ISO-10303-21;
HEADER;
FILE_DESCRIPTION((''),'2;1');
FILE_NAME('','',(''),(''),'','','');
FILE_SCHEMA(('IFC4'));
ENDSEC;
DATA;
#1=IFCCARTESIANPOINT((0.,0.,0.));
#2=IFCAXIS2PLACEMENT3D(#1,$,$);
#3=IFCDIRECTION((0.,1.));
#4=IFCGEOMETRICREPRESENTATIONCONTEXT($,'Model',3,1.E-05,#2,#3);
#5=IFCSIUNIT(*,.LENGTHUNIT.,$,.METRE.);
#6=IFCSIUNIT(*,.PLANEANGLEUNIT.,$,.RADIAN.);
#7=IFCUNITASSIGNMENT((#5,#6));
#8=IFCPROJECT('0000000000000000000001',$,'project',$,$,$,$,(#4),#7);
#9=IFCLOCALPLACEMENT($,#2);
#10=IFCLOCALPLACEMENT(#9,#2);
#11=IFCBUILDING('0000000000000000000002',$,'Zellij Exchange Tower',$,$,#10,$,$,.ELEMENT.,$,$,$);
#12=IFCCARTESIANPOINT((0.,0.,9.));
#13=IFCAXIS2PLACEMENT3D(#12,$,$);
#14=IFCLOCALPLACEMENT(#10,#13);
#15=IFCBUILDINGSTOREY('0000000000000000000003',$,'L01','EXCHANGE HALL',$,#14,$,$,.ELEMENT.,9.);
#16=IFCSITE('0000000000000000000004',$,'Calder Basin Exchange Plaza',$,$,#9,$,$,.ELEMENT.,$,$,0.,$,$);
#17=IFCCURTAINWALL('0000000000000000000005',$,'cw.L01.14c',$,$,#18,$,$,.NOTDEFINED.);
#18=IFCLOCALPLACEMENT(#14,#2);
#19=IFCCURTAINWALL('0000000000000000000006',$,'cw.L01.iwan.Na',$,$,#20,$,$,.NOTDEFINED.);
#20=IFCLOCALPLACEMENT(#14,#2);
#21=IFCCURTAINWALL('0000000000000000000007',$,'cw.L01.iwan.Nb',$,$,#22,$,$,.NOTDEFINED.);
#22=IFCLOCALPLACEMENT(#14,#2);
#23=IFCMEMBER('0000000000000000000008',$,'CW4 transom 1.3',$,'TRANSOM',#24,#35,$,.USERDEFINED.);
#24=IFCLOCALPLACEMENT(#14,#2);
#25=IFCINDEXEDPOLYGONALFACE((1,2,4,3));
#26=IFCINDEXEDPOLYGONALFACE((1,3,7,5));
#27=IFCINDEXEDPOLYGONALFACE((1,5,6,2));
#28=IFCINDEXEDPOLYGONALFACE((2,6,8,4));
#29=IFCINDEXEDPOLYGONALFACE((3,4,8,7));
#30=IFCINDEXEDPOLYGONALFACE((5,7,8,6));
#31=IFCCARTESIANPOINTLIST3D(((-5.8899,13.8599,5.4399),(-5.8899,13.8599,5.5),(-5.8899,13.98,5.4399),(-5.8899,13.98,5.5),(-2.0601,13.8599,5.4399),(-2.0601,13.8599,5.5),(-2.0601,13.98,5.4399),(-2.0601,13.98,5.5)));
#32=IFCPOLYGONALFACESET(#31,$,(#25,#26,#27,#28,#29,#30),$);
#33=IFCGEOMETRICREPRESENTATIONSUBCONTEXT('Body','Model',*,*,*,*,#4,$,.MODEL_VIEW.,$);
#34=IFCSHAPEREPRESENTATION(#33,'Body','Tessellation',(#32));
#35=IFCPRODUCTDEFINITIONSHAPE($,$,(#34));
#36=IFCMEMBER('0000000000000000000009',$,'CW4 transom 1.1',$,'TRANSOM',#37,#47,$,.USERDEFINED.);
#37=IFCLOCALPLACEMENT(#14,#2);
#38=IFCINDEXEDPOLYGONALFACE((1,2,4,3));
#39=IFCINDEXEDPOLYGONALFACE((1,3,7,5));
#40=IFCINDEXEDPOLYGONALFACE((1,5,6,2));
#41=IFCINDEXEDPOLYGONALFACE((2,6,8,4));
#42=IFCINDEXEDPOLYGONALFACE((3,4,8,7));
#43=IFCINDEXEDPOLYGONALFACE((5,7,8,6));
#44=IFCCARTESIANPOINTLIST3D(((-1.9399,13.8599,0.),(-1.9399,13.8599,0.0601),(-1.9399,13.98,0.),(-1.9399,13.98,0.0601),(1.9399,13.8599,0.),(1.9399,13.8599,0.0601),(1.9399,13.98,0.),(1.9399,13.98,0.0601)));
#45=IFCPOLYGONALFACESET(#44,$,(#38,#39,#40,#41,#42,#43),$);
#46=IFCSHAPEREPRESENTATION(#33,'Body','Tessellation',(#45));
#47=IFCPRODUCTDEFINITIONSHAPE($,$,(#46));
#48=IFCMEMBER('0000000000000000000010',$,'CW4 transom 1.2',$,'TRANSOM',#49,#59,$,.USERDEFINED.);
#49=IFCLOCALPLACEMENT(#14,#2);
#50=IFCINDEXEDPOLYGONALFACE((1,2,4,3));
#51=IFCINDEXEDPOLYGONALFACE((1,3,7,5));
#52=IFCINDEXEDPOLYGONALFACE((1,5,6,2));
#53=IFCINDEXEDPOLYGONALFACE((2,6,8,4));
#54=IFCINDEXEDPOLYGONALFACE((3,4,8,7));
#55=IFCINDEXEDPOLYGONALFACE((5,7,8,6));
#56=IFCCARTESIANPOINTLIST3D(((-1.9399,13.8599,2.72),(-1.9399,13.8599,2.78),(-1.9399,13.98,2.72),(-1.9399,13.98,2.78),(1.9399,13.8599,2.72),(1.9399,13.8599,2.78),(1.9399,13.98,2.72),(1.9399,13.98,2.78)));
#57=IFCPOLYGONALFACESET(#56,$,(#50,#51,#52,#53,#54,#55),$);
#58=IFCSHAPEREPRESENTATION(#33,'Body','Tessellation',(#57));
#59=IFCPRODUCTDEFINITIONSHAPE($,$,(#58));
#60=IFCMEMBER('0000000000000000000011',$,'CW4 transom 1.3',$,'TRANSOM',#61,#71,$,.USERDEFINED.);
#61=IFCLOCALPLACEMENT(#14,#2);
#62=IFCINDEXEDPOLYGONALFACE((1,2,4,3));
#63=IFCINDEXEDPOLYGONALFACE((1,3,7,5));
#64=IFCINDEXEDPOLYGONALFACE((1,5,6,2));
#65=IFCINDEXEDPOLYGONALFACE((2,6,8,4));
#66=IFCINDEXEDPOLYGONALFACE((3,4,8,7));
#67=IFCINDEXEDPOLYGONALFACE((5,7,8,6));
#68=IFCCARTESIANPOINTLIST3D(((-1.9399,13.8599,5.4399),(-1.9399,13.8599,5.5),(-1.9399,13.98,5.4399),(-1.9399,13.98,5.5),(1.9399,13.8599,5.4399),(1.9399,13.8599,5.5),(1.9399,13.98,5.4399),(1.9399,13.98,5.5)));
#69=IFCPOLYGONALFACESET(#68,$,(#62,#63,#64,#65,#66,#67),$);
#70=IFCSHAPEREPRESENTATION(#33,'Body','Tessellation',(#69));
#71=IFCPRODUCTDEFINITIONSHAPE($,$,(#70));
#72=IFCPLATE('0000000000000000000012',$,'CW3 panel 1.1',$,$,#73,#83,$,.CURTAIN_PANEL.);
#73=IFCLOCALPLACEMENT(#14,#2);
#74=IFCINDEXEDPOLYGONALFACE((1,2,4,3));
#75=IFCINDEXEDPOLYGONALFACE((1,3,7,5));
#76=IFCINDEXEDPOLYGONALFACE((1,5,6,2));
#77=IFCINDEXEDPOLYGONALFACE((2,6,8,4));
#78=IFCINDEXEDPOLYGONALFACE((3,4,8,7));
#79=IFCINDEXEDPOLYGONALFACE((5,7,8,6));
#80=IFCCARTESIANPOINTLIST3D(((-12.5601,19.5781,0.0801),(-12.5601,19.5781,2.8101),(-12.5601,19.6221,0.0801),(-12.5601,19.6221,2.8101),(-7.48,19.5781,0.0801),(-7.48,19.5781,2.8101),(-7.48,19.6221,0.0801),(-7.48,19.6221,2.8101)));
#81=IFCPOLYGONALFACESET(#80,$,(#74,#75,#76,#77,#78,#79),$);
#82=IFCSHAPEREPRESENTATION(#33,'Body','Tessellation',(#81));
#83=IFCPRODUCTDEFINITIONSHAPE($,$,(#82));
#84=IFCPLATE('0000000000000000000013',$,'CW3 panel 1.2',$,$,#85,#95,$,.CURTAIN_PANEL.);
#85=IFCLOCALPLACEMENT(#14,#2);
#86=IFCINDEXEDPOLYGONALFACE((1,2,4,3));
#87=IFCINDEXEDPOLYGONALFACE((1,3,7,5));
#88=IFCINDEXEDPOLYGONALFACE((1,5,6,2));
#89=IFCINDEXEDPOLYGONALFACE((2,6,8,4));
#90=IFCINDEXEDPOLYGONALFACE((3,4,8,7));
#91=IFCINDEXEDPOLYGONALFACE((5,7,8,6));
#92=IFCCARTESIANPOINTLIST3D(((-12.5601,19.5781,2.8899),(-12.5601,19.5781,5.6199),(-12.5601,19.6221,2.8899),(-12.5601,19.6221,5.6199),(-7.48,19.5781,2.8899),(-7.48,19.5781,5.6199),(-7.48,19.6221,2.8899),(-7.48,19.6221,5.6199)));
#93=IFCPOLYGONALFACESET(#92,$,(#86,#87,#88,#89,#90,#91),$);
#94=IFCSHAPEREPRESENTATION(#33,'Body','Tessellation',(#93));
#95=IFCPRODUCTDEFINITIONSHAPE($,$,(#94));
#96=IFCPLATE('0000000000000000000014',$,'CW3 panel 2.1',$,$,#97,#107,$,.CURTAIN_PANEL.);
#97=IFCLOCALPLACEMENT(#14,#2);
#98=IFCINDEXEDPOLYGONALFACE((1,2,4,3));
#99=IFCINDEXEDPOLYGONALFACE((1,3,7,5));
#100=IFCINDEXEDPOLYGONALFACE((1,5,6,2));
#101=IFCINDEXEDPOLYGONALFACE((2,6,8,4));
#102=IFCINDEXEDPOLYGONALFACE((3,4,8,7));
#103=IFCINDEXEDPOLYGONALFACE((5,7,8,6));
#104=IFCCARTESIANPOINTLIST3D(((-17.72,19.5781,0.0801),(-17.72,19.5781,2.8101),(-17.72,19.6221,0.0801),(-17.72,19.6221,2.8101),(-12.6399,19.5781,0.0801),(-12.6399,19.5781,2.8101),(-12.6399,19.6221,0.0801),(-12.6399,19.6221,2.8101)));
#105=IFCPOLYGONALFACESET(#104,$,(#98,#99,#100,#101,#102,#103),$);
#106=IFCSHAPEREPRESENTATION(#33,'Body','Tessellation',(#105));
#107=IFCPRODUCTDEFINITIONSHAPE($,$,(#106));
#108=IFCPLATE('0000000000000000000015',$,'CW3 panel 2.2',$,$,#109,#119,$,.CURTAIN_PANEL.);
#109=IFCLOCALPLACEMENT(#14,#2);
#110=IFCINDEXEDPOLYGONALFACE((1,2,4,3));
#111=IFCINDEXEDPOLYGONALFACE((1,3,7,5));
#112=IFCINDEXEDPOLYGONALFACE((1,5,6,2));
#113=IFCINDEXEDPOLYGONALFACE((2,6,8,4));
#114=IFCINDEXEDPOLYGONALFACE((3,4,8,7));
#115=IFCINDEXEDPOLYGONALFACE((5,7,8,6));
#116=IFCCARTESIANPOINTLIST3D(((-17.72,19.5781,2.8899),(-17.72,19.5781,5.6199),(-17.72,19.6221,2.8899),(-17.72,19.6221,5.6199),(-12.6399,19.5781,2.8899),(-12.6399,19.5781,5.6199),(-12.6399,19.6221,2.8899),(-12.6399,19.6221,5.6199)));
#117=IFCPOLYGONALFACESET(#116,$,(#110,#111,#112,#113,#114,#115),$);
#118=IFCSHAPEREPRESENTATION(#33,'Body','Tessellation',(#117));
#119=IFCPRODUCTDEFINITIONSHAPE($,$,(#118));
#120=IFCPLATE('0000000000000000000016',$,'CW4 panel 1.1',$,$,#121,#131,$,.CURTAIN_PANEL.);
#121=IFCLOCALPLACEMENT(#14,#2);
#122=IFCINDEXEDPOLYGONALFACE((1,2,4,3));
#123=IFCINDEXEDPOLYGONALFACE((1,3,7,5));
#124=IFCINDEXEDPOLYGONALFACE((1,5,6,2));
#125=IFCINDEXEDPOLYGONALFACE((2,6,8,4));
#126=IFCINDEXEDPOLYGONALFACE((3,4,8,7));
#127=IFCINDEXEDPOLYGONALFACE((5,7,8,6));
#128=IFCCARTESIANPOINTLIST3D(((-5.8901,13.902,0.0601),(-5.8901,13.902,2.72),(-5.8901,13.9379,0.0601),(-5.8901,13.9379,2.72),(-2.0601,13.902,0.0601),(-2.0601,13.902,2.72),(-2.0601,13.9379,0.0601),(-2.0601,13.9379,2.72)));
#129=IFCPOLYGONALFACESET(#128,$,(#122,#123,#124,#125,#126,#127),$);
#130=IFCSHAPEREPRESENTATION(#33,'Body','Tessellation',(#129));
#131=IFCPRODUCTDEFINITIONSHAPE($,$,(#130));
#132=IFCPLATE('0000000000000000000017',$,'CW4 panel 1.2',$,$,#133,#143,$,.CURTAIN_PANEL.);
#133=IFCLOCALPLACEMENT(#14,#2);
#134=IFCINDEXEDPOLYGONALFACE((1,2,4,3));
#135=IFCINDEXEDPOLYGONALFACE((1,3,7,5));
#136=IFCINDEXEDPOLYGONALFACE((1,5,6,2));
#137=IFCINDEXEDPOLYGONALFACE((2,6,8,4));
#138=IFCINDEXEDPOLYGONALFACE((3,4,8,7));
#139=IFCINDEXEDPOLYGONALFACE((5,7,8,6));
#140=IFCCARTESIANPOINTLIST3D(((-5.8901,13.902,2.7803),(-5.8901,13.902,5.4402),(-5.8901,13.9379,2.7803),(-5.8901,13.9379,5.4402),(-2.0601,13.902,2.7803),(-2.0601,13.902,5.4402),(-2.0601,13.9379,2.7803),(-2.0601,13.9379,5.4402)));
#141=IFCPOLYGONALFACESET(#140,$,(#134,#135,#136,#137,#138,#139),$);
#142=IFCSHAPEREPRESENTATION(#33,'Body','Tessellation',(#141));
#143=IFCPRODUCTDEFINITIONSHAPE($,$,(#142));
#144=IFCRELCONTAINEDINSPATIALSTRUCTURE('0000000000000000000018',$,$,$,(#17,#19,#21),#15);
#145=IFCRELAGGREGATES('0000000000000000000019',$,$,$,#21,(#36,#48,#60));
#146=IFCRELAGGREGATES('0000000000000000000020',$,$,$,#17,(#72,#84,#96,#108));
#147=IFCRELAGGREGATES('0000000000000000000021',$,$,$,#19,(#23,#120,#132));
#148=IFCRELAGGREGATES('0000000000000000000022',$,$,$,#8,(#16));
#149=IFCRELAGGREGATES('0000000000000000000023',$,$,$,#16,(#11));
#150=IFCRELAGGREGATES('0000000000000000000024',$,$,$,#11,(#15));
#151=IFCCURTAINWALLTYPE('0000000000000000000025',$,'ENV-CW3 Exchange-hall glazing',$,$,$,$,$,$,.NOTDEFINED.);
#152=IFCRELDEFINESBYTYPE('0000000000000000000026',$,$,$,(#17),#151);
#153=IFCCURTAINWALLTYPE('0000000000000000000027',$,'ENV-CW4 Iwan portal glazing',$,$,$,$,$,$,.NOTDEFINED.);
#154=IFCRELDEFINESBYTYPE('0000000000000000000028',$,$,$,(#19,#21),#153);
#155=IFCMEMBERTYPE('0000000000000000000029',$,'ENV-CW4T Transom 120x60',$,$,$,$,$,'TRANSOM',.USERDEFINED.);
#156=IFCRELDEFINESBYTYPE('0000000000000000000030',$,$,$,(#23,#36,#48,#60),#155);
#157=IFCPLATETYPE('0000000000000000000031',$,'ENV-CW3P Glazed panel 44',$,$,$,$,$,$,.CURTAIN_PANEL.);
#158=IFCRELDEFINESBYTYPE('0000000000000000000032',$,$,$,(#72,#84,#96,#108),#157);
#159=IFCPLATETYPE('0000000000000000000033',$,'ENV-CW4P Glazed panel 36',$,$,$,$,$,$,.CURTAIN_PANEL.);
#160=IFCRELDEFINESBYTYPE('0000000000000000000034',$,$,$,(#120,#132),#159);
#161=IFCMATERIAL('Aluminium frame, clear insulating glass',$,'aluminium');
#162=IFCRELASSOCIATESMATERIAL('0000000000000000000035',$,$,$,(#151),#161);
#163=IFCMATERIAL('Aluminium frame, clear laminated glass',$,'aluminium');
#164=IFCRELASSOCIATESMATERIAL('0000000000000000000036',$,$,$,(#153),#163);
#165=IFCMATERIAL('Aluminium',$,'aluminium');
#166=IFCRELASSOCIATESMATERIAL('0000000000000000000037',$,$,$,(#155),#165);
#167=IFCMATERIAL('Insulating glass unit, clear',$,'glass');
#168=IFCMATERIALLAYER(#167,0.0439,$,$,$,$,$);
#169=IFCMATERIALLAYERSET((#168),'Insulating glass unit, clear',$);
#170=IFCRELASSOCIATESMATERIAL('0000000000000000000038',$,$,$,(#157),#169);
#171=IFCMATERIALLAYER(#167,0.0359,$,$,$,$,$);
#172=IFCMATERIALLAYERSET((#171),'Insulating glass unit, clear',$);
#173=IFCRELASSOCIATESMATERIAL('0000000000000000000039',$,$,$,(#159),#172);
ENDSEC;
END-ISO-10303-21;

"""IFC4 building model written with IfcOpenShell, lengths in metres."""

from ifc_helpers import new_model, si_unit, direction, frame, origin, origin_2d, place, context, subcontext, project, spatial, rectangle, extrude, material, layer, layer_set, material_profile, profile_set, type_object, element, aggregate, save


model = new_model("IFC4")

# Units and contexts
model_context = context("Model", 3, precision=1e-05, world=origin(), true_north=direction((0.0, 1.0)))
body_context = subcontext(model_context, "Body", "Model", "MODEL_VIEW")
ifc_project = project(units=[si_unit("LENGTHUNIT", "METRE"), si_unit("PLANEANGLEUNIT", "RADIAN")], contexts=[model_context])

# Site, building, storey
site_placement = place(None, origin())
site = spatial("IfcSite", under=ifc_project, at=site_placement, Name="Calder Basin Exchange Plaza", CompositionType="ELEMENT", RefElevation=0.0)
building_placement = place(site_placement, origin())
building = spatial("IfcBuilding", under=site, at=building_placement, Name="Zellij Exchange Tower", CompositionType="ELEMENT")
storey_placement = place(building_placement, frame((0.0, 0.0, 9.0)))
storey = spatial("IfcBuildingStorey", under=building, at=storey_placement, Name="L01", Description="EXCHANGE HALL", CompositionType="ELEMENT", Elevation=9.0)

# Curtain wall
ifc_material_1 = material(Name="Aluminium frame, clear insulating glass", Category="aluminium")
curtain_wall_type_1 = type_object("IfcCurtainWallType", Name="ENV-CW3 Exchange-hall glazing", PredefinedType="NOTDEFINED", material=ifc_material_1)
curtain_wall_1_placement = place(storey_placement, origin())
curtain_wall_1 = element("IfcCurtainWall", 1, at=curtain_wall_1_placement, inside=storey, type_object=curtain_wall_type_1, Name="cw.L01.14c", PredefinedType="NOTDEFINED")
ifc_material_2 = material(Name="Aluminium", Category="aluminium")

# Curtain walls
ifc_material_3 = material(Name="Aluminium frame, clear laminated glass", Category="aluminium")
curtain_wall_type_2 = type_object("IfcCurtainWallType", Name="ENV-CW4 Iwan portal glazing", PredefinedType="NOTDEFINED", material=ifc_material_3)
curtain_wall_2_placement = place(storey_placement, origin())
curtain_wall_2 = element("IfcCurtainWall", 2, at=curtain_wall_2_placement, inside=storey, type_object=curtain_wall_type_2, Name="cw.L01.iwan.Na", PredefinedType="NOTDEFINED")
curtain_wall_3_placement = place(storey_placement, origin())
curtain_wall_3 = element("IfcCurtainWall", 3, at=curtain_wall_3_placement, inside=storey, type_object=curtain_wall_type_2, Name="cw.L01.iwan.Nb", PredefinedType="NOTDEFINED")

# Members
ifc_material_profile_1 = material_profile(ifc_material_2, rectangle(XDim=0.1201, YDim=0.0601, at=origin_2d()), Name="AL 120x60")
ifc_profile_set_1 = profile_set([ifc_material_profile_1], Name="Aluminium")
member_type_1 = type_object("IfcMemberType", Name="ENV-CW4T Transom 120x60", ElementType="TRANSOM", PredefinedType="USERDEFINED", material=ifc_profile_set_1)
member_1_placement = place(storey_placement, frame((-5.8899, 13.9199, 5.47), z_axis=(1.0, 0.0, 0.0), x_axis=(0.0, 1.0, 0.0)))
member_1 = element("IfcMember", 4, at=member_1_placement, type_object=member_type_1, Name="CW4 transom 1.3", ObjectType="TRANSOM", PredefinedType="USERDEFINED", context=body_context, shape_type="SweptSolid", body=[
    extrude(rectangle(XDim=0.1201, YDim=0.0601, at=origin_2d()), origin(), (0.0, 0.0, 1.0), 3.8298),
])
member_2_placement = place(storey_placement, frame((-1.9399, 13.9199, 0.03), z_axis=(1.0, 0.0, 0.0), x_axis=(0.0, 1.0, 0.0)))
member_2 = element("IfcMember", 5, at=member_2_placement, type_object=member_type_1, Name="CW4 transom 1.1", ObjectType="TRANSOM", PredefinedType="USERDEFINED", context=body_context, shape_type="SweptSolid", body=[
    extrude(rectangle(XDim=0.1201, YDim=0.0601, at=origin_2d()), origin(), (0.0, 0.0, 1.0), 3.8799),
])
member_3_placement = place(storey_placement, frame((-1.9399, 13.9199, 2.75), z_axis=(1.0, 0.0, 0.0), x_axis=(0.0, 1.0, 0.0)))
member_3 = element("IfcMember", 6, at=member_3_placement, type_object=member_type_1, Name="CW4 transom 1.2", ObjectType="TRANSOM", PredefinedType="USERDEFINED", context=body_context, shape_type="SweptSolid", body=[
    extrude(rectangle(XDim=0.1201, YDim=0.0601, at=origin_2d()), origin(), (0.0, 0.0, 1.0), 3.8799),
])
member_4_placement = place(storey_placement, frame((-1.9399, 13.9199, 5.47), z_axis=(1.0, 0.0, 0.0), x_axis=(0.0, 1.0, 0.0)))
member_4 = element("IfcMember", 7, at=member_4_placement, type_object=member_type_1, Name="CW4 transom 1.3", ObjectType="TRANSOM", PredefinedType="USERDEFINED", context=body_context, shape_type="SweptSolid", body=[
    extrude(rectangle(XDim=0.1201, YDim=0.0601, at=origin_2d()), origin(), (0.0, 0.0, 1.0), 3.8799),
])
aggregate(curtain_wall_3, [member_2, member_3, member_4])

# Plates
ifc_material_4 = material(Name="Insulating glass unit, clear", Category="glass")
ifc_layer_1 = layer(ifc_material_4, 0.0439)
ifc_layer_set_1 = layer_set([ifc_layer_1], Name="Insulating glass unit, clear")
plate_type_1 = type_object("IfcPlateType", Name="ENV-CW3P Glazed panel 44", PredefinedType="CURTAIN_PANEL", material=ifc_layer_set_1)
plate_1_placement = place(storey_placement, frame((-10.02, 19.6001, 0.0801), z_axis=(0.0, 0.0, 1.0), x_axis=(-1.0, 0.0, 0.0)))
plate_1 = element("IfcPlate", 8, at=plate_1_placement, type_object=plate_type_1, Name="CW3 panel 1.1", PredefinedType="CURTAIN_PANEL", context=body_context, shape_type="SweptSolid", body=[
    extrude(rectangle(XDim=5.0801, YDim=0.0439, at=origin_2d()), origin(), (0.0, 0.0, 1.0), 2.73),
])
plate_2_placement = place(storey_placement, frame((-10.02, 19.6001, 2.8899), z_axis=(0.0, 0.0, 1.0), x_axis=(-1.0, 0.0, 0.0)))
plate_2 = element("IfcPlate", 9, at=plate_2_placement, type_object=plate_type_1, Name="CW3 panel 1.2", PredefinedType="CURTAIN_PANEL", context=body_context, shape_type="SweptSolid", body=[
    extrude(rectangle(XDim=5.0801, YDim=0.0439, at=origin_2d()), origin(), (0.0, 0.0, 1.0), 2.73),
])
plate_3_placement = place(storey_placement, frame((-15.1799, 19.6001, 0.0801), z_axis=(0.0, 0.0, 1.0), x_axis=(-1.0, 0.0, 0.0)))
plate_3 = element("IfcPlate", 10, at=plate_3_placement, type_object=plate_type_1, Name="CW3 panel 2.1", PredefinedType="CURTAIN_PANEL", context=body_context, shape_type="SweptSolid", body=[
    extrude(rectangle(XDim=5.0801, YDim=0.0439, at=origin_2d()), origin(), (0.0, 0.0, 1.0), 2.73),
])
plate_4_placement = place(storey_placement, frame((-15.1799, 19.6001, 2.8899), z_axis=(0.0, 0.0, 1.0), x_axis=(-1.0, 0.0, 0.0)))
plate_4 = element("IfcPlate", 11, at=plate_4_placement, type_object=plate_type_1, Name="CW3 panel 2.2", PredefinedType="CURTAIN_PANEL", context=body_context, shape_type="SweptSolid", body=[
    extrude(rectangle(XDim=5.0801, YDim=0.0439, at=origin_2d()), origin(), (0.0, 0.0, 1.0), 2.73),
])
aggregate(curtain_wall_1, [plate_1, plate_2, plate_3, plate_4])
ifc_layer_2 = layer(ifc_material_4, 0.0359)
ifc_layer_set_2 = layer_set([ifc_layer_2], Name="Insulating glass unit, clear")
plate_type_2 = type_object("IfcPlateType", Name="ENV-CW4P Glazed panel 36", PredefinedType="CURTAIN_PANEL", material=ifc_layer_set_2)
plate_5_placement = place(storey_placement, frame((-3.9751, 13.9199, 0.0601), z_axis=(0.0, 0.0, 1.0), x_axis=(1.0, 0.0, 0.0)))
plate_5 = element("IfcPlate", 12, at=plate_5_placement, type_object=plate_type_2, Name="CW4 panel 1.1", PredefinedType="CURTAIN_PANEL", context=body_context, shape_type="SweptSolid", body=[
    extrude(rectangle(XDim=3.8301, YDim=0.0359, at=origin_2d()), origin(), (0.0, 0.0, 1.0), 2.6599),
])
plate_6_placement = place(storey_placement, frame((-3.9751, 13.9199, 2.7803), z_axis=(0.0, 0.0, 1.0), x_axis=(1.0, 0.0, 0.0)))
plate_6 = element("IfcPlate", 13, at=plate_6_placement, type_object=plate_type_2, Name="CW4 panel 1.2", PredefinedType="CURTAIN_PANEL", context=body_context, shape_type="SweptSolid", body=[
    extrude(rectangle(XDim=3.8301, YDim=0.0359, at=origin_2d()), origin(), (0.0, 0.0, 1.0), 2.6599),
])
aggregate(curtain_wall_2, [member_1, plate_5, plate_6])

save(model, "model.ifc")
